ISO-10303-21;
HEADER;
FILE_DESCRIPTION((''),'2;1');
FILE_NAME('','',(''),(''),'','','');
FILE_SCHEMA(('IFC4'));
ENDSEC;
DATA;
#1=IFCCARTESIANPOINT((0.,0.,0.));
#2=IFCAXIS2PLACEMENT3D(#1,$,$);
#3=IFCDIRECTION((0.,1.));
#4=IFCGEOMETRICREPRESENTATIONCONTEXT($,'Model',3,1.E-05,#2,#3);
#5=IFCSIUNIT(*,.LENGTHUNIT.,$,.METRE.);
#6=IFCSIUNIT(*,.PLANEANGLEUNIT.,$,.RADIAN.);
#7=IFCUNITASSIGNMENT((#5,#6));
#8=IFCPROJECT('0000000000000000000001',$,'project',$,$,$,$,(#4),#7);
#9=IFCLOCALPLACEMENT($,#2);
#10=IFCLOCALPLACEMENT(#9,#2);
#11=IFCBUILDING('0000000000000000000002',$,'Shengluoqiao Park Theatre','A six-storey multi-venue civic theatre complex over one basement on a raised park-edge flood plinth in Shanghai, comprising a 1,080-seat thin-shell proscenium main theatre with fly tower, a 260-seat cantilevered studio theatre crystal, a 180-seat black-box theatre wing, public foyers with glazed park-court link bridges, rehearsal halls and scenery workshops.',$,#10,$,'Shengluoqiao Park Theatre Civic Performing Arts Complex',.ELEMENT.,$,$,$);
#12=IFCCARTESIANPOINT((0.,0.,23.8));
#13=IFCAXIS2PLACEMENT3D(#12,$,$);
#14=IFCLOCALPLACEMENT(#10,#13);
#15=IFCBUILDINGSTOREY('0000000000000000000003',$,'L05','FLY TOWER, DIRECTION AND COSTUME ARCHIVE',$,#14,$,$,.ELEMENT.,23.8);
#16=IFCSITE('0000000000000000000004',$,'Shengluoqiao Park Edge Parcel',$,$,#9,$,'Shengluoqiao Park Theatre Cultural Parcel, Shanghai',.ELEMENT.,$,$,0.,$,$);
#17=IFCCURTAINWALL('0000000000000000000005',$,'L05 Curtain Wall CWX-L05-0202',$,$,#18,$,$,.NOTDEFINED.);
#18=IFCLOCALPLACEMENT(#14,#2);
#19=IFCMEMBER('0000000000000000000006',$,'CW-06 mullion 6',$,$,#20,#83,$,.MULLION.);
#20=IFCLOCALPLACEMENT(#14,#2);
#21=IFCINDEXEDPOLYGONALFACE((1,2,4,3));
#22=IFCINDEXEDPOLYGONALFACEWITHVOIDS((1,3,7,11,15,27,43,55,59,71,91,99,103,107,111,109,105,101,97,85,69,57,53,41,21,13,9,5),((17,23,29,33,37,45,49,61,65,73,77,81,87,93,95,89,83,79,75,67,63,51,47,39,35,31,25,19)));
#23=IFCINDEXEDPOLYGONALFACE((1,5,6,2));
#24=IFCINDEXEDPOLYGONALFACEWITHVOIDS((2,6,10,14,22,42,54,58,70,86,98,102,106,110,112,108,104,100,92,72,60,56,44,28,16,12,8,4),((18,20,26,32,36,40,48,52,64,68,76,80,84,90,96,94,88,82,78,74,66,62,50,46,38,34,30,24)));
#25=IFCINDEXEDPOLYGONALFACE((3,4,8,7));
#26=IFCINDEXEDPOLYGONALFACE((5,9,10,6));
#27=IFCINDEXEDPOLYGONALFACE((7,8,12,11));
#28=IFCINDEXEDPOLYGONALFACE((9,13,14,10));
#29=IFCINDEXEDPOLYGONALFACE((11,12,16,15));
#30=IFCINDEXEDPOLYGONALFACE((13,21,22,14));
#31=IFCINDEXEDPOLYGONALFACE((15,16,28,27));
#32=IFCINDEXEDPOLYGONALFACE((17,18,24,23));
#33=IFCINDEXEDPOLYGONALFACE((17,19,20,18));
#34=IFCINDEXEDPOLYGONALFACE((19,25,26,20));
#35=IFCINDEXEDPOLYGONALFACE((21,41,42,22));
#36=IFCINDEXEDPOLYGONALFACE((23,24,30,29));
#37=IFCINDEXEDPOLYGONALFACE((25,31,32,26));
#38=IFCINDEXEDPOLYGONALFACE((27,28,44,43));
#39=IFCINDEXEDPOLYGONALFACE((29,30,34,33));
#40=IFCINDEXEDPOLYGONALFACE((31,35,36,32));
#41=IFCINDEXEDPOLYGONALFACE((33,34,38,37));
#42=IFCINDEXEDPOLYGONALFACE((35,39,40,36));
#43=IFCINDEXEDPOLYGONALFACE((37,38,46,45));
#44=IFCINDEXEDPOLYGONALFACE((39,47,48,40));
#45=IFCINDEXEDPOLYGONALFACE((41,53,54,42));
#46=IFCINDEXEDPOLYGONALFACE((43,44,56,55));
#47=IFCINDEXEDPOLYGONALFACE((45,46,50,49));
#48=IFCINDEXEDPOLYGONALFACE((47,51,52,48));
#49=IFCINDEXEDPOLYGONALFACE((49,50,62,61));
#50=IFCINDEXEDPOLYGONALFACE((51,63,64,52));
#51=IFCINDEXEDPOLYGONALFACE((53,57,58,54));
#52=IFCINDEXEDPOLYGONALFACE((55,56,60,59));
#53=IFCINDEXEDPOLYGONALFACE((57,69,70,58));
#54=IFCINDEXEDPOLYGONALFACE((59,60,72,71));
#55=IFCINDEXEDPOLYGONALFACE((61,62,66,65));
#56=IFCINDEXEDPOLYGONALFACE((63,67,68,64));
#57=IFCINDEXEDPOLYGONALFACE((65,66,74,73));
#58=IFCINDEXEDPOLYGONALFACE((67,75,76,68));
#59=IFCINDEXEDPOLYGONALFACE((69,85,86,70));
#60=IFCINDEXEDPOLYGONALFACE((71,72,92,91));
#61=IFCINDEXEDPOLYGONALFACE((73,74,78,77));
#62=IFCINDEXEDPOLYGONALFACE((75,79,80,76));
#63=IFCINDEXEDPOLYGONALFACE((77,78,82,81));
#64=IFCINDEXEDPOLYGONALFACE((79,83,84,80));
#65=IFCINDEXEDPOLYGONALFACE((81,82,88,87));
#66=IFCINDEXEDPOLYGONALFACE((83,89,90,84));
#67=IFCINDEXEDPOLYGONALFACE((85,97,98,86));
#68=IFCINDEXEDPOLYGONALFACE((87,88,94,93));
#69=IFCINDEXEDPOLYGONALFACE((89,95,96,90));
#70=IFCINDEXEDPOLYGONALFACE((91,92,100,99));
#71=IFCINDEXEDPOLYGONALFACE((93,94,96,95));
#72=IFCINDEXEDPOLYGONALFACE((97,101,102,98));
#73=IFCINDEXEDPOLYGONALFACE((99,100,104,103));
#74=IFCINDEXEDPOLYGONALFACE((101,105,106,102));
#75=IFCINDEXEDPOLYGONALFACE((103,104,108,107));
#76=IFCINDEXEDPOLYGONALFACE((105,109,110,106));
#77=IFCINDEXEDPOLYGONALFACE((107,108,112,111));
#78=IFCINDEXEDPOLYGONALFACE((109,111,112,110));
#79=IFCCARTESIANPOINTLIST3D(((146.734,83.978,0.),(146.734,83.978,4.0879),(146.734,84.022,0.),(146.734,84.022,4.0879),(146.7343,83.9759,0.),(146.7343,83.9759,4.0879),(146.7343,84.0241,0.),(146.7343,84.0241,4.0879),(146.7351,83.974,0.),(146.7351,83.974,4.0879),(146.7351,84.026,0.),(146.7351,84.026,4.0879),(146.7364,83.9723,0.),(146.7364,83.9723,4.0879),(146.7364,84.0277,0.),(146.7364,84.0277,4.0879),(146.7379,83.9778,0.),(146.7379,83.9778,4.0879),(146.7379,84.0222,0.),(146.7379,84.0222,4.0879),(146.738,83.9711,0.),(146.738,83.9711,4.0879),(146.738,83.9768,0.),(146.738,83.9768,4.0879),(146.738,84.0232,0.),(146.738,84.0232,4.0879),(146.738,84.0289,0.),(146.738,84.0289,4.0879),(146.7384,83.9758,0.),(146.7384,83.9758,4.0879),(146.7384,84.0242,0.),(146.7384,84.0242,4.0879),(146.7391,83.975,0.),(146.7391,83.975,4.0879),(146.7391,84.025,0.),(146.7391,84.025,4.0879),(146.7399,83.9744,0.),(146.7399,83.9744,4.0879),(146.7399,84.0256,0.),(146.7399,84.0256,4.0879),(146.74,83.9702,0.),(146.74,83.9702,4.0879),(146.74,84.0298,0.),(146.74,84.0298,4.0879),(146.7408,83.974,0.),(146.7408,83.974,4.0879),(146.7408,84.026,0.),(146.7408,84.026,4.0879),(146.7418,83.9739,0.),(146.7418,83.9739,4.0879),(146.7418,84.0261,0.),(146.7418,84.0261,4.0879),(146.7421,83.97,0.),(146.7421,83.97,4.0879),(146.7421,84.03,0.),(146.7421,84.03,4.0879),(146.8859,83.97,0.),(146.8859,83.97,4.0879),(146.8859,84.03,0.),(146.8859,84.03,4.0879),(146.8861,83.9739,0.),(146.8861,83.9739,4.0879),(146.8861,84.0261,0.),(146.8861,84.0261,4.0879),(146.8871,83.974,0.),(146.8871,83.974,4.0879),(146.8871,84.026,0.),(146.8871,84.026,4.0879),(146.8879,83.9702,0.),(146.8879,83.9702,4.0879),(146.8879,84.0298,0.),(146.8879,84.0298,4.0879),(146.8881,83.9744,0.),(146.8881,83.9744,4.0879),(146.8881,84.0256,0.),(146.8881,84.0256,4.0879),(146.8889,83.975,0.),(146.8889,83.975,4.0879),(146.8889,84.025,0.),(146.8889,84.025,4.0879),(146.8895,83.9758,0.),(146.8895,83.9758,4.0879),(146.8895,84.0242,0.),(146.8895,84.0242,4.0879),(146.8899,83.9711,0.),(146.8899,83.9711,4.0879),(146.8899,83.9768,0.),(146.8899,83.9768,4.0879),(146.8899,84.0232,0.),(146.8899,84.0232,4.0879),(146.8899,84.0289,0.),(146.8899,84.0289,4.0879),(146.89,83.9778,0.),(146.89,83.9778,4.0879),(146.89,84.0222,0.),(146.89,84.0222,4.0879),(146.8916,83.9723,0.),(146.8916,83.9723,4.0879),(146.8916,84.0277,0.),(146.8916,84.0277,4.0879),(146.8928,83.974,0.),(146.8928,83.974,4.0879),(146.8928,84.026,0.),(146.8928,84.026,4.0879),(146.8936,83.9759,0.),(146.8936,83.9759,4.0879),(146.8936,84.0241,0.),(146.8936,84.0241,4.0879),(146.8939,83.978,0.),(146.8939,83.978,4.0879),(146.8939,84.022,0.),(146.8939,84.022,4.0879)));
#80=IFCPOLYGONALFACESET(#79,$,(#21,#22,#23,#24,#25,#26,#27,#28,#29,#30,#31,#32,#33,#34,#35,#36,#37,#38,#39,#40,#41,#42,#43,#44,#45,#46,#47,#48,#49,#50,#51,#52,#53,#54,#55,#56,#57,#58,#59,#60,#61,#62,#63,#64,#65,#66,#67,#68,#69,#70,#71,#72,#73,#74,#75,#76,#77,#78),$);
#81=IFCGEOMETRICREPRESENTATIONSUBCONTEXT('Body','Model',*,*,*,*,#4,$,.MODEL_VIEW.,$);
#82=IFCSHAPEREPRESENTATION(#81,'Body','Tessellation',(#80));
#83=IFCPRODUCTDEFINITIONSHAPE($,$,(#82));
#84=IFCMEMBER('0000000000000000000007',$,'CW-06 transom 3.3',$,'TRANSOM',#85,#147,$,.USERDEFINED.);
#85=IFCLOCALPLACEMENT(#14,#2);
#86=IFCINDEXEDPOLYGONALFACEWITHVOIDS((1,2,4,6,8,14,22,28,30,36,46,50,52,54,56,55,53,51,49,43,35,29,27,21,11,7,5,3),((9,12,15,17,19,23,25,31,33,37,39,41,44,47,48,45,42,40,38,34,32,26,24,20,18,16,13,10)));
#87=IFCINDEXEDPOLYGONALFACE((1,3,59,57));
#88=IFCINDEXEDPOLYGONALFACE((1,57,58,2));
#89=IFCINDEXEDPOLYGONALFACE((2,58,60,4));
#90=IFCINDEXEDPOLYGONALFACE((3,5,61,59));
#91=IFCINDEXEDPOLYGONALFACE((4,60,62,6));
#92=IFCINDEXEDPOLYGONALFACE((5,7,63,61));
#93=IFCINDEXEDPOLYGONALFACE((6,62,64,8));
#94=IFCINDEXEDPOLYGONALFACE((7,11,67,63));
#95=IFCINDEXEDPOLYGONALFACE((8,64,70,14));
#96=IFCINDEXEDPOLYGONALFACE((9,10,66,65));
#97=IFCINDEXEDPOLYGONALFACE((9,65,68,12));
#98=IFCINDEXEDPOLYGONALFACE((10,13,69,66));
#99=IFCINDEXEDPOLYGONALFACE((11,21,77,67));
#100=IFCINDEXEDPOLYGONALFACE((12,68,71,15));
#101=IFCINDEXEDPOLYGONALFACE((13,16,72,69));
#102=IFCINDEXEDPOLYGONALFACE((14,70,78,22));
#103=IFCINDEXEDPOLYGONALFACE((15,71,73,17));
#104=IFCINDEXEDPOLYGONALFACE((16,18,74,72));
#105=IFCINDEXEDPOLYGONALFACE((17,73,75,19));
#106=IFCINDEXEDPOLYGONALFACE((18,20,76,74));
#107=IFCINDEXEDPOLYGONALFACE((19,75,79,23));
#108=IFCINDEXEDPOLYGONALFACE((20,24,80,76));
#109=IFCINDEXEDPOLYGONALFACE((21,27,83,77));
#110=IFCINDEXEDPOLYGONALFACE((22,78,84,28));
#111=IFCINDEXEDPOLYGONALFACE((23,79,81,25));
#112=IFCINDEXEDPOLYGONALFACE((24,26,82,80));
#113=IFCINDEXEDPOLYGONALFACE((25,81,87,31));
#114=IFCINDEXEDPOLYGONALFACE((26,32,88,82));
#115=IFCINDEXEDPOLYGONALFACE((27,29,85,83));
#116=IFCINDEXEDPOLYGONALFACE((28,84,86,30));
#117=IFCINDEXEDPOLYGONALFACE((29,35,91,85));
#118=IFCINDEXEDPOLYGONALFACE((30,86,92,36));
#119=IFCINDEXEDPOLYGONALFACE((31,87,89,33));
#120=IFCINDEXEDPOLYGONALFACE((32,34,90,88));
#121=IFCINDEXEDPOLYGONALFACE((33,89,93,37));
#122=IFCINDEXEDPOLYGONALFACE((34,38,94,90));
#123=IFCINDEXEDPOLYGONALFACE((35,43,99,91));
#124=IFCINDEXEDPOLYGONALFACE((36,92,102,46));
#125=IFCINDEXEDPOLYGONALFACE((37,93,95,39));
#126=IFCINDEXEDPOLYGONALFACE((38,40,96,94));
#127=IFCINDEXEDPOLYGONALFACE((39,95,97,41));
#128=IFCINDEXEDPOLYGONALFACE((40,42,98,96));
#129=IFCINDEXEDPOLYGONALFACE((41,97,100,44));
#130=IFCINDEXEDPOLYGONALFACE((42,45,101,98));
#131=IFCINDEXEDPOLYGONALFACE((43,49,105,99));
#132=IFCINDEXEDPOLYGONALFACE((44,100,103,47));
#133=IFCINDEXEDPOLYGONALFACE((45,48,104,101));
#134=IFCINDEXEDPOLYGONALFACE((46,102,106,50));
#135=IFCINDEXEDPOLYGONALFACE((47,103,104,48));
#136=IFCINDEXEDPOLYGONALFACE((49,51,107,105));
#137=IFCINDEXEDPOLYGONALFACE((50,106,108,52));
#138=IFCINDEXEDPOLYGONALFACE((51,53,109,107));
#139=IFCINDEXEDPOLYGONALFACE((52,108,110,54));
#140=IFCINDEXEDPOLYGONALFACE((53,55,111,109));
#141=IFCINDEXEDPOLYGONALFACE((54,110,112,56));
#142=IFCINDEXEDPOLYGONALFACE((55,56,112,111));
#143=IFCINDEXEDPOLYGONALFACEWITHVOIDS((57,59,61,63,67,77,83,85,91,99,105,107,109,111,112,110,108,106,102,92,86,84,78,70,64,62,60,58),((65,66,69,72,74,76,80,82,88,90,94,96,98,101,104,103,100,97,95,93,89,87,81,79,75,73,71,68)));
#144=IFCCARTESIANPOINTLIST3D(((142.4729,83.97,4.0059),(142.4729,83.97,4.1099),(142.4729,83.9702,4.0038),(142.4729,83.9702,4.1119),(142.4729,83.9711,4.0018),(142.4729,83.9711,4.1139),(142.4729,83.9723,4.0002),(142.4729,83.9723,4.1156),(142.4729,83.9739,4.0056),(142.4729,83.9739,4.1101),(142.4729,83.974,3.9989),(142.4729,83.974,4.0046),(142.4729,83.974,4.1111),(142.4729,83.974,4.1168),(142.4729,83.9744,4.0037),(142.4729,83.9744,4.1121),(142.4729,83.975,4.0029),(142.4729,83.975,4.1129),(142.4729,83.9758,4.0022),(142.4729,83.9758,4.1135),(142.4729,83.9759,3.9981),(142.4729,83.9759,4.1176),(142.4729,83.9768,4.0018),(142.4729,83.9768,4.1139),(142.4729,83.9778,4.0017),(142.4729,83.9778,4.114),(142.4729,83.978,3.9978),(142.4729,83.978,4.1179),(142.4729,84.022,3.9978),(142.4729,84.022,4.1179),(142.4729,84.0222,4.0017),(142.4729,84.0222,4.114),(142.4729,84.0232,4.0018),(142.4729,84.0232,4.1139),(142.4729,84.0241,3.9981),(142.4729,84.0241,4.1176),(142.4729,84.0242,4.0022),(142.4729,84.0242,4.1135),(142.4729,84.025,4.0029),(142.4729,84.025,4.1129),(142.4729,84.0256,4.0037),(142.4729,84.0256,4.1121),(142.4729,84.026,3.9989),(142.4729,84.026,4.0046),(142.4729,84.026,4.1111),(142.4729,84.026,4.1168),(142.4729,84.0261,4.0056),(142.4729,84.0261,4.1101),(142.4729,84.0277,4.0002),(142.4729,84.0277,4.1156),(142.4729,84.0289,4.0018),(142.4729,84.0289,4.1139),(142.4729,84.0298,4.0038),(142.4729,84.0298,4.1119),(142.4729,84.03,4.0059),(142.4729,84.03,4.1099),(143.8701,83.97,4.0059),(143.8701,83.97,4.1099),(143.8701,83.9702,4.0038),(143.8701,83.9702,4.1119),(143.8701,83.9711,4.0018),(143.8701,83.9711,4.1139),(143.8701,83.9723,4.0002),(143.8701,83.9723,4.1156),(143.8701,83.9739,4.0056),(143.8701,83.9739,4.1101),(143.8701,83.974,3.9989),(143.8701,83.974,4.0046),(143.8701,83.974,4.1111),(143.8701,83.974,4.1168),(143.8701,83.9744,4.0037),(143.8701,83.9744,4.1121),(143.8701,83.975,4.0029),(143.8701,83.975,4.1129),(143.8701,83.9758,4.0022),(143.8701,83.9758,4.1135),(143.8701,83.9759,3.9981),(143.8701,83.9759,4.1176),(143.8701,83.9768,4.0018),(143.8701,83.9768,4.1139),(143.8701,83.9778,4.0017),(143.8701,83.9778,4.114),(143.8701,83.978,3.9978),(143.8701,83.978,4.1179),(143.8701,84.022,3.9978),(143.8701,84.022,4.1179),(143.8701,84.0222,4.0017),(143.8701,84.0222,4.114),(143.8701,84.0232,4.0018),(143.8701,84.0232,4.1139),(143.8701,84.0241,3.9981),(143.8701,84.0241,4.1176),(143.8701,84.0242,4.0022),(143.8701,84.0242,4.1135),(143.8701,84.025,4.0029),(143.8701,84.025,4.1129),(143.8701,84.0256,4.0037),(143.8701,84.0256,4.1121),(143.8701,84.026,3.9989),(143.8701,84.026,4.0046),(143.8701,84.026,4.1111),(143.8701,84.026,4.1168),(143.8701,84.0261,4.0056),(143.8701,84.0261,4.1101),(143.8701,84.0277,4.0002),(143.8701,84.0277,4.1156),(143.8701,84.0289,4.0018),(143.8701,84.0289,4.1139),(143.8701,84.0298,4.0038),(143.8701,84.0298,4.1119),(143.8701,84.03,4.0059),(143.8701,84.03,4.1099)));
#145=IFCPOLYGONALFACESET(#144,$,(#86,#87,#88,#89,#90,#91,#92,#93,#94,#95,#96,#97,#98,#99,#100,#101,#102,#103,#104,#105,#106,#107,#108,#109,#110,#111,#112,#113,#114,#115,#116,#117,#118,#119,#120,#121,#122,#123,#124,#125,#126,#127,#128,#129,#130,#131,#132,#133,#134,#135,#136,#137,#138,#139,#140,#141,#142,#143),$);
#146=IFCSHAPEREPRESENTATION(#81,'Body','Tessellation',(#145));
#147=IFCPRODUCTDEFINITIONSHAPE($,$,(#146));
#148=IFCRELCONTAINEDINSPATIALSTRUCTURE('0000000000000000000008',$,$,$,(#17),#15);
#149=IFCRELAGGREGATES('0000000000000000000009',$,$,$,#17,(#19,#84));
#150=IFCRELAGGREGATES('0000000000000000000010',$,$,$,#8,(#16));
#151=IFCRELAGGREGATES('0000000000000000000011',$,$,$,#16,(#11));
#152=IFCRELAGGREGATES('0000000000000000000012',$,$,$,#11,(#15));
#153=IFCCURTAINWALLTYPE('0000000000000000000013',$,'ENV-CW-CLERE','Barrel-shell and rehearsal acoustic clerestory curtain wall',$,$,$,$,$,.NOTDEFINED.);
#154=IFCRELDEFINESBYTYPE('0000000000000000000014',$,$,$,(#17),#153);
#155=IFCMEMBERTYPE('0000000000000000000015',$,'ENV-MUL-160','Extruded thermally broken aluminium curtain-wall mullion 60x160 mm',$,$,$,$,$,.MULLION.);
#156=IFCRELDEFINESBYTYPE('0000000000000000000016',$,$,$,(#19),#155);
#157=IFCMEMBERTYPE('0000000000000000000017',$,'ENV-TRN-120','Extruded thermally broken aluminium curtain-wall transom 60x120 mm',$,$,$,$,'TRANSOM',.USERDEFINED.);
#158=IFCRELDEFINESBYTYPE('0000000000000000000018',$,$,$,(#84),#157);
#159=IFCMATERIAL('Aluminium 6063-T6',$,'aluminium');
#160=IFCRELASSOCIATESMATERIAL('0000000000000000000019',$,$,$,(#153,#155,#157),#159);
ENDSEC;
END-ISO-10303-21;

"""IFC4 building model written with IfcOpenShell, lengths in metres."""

from ifc_helpers import new_model, si_unit, direction, frame, origin, origin_2d, place, context, subcontext, project, spatial, hollow_rectangle, extrude, material, material_profile, profile_set, type_object, element, aggregate, save


model = new_model("IFC4")

# Units and contexts
model_context = context("Model", 3, precision=1e-05, world=origin(), true_north=direction((0.0, 1.0)))
body_context = subcontext(model_context, "Body", "Model", "MODEL_VIEW")
ifc_project = project(units=[si_unit("LENGTHUNIT", "METRE"), si_unit("PLANEANGLEUNIT", "RADIAN")], contexts=[model_context])

# Site, building, storey
site_placement = place(None, origin())
site = spatial("IfcSite", under=ifc_project, at=site_placement, Name="Shengluoqiao Park Edge Parcel", LongName="Shengluoqiao Park Theatre Cultural Parcel, Shanghai", CompositionType="ELEMENT", RefElevation=0.0)
building_placement = place(site_placement, origin())
building = spatial("IfcBuilding", under=site, at=building_placement, Name="Shengluoqiao Park Theatre", Description="A six-storey multi-venue civic theatre complex over one basement on a raised park-edge flood plinth in Shanghai, comprising a 1,080-seat thin-shell proscenium main theatre with fly tower, a 260-seat cantilevered studio theatre crystal, a 180-seat black-box theatre wing, public foyers with glazed park-court link bridges, rehearsal halls and scenery workshops.", LongName="Shengluoqiao Park Theatre Civic Performing Arts Complex", CompositionType="ELEMENT")
storey_placement = place(building_placement, frame((0.0, 0.0, 23.8)))
storey = spatial("IfcBuildingStorey", under=building, at=storey_placement, Name="L05", Description="FLY TOWER, DIRECTION AND COSTUME ARCHIVE", CompositionType="ELEMENT", Elevation=23.8)

# Curtain wall, members
ifc_material_1 = material(Name="Aluminium 6063-T6", Category="aluminium")
curtain_wall_type = type_object("IfcCurtainWallType", Name="ENV-CW-CLERE", Description="Barrel-shell and rehearsal acoustic clerestory curtain wall", PredefinedType="NOTDEFINED", material=ifc_material_1)
curtain_wall_placement = place(storey_placement, origin())
curtain_wall = element("IfcCurtainWall", 1, at=curtain_wall_placement, inside=storey, type_object=curtain_wall_type, Name="L05 Curtain Wall CWX-L05-0202", PredefinedType="NOTDEFINED")
ifc_material_profile_1 = material_profile(ifc_material_1, hollow_rectangle(XDim=0.0601, YDim=0.1599, WallThickness=0.0039, InnerFilletRadius=0.0039, OuterFilletRadius=0.0081, at=origin_2d()), Name="ALU MULLION 160x60x4")
ifc_profile_set_1 = profile_set([ifc_material_profile_1], Name="Aluminium 6063-T6")
member_type_1 = type_object("IfcMemberType", Name="ENV-MUL-160", Description="Extruded thermally broken aluminium curtain-wall mullion 60x160 mm", PredefinedType="MULLION", material=ifc_profile_set_1)
member_1_placement = place(storey_placement, frame((146.814, 84.0, 0.0), z_axis=(0.0, 0.0, 1.0), x_axis=(0.0, 1.0, 0.0)))
member_1 = element("IfcMember", 2, at=member_1_placement, type_object=member_type_1, Name="CW-06 mullion 6", PredefinedType="MULLION", context=body_context, shape_type="SweptSolid", body=[
    extrude(hollow_rectangle(XDim=0.0601, YDim=0.1599, WallThickness=0.0039, InnerFilletRadius=0.0039, OuterFilletRadius=0.0081, at=origin_2d()), origin(), (0.0, 0.0, 1.0), 4.0879),
])
ifc_material_profile_2 = material_profile(ifc_material_1, hollow_rectangle(XDim=0.0601, YDim=0.1201, WallThickness=0.0039, InnerFilletRadius=0.0039, OuterFilletRadius=0.0081, at=origin_2d()), Name="ALU TRANSOM 120x60x4")
ifc_profile_set_2 = profile_set([ifc_material_profile_2], Name="Aluminium 6063-T6")
member_type_2 = type_object("IfcMemberType", Name="ENV-TRN-120", Description="Extruded thermally broken aluminium curtain-wall transom 60x120 mm", ElementType="TRANSOM", PredefinedType="USERDEFINED", material=ifc_profile_set_2)
member_2_placement = place(storey_placement, frame((142.4729, 84.0, 4.0579), z_axis=(1.0, 0.0, 0.0), x_axis=(0.0, 1.0, 0.0)))
member_2 = element("IfcMember", 3, at=member_2_placement, type_object=member_type_2, Name="CW-06 transom 3.3", ObjectType="TRANSOM", PredefinedType="USERDEFINED", context=body_context, shape_type="SweptSolid", body=[
    extrude(hollow_rectangle(XDim=0.0601, YDim=0.1201, WallThickness=0.0039, InnerFilletRadius=0.0039, OuterFilletRadius=0.0081, at=origin_2d()), origin(), (0.0, 0.0, 1.0), 1.3972),
])
aggregate(curtain_wall, [member_1, member_2])

save(model, "model.ifc")
